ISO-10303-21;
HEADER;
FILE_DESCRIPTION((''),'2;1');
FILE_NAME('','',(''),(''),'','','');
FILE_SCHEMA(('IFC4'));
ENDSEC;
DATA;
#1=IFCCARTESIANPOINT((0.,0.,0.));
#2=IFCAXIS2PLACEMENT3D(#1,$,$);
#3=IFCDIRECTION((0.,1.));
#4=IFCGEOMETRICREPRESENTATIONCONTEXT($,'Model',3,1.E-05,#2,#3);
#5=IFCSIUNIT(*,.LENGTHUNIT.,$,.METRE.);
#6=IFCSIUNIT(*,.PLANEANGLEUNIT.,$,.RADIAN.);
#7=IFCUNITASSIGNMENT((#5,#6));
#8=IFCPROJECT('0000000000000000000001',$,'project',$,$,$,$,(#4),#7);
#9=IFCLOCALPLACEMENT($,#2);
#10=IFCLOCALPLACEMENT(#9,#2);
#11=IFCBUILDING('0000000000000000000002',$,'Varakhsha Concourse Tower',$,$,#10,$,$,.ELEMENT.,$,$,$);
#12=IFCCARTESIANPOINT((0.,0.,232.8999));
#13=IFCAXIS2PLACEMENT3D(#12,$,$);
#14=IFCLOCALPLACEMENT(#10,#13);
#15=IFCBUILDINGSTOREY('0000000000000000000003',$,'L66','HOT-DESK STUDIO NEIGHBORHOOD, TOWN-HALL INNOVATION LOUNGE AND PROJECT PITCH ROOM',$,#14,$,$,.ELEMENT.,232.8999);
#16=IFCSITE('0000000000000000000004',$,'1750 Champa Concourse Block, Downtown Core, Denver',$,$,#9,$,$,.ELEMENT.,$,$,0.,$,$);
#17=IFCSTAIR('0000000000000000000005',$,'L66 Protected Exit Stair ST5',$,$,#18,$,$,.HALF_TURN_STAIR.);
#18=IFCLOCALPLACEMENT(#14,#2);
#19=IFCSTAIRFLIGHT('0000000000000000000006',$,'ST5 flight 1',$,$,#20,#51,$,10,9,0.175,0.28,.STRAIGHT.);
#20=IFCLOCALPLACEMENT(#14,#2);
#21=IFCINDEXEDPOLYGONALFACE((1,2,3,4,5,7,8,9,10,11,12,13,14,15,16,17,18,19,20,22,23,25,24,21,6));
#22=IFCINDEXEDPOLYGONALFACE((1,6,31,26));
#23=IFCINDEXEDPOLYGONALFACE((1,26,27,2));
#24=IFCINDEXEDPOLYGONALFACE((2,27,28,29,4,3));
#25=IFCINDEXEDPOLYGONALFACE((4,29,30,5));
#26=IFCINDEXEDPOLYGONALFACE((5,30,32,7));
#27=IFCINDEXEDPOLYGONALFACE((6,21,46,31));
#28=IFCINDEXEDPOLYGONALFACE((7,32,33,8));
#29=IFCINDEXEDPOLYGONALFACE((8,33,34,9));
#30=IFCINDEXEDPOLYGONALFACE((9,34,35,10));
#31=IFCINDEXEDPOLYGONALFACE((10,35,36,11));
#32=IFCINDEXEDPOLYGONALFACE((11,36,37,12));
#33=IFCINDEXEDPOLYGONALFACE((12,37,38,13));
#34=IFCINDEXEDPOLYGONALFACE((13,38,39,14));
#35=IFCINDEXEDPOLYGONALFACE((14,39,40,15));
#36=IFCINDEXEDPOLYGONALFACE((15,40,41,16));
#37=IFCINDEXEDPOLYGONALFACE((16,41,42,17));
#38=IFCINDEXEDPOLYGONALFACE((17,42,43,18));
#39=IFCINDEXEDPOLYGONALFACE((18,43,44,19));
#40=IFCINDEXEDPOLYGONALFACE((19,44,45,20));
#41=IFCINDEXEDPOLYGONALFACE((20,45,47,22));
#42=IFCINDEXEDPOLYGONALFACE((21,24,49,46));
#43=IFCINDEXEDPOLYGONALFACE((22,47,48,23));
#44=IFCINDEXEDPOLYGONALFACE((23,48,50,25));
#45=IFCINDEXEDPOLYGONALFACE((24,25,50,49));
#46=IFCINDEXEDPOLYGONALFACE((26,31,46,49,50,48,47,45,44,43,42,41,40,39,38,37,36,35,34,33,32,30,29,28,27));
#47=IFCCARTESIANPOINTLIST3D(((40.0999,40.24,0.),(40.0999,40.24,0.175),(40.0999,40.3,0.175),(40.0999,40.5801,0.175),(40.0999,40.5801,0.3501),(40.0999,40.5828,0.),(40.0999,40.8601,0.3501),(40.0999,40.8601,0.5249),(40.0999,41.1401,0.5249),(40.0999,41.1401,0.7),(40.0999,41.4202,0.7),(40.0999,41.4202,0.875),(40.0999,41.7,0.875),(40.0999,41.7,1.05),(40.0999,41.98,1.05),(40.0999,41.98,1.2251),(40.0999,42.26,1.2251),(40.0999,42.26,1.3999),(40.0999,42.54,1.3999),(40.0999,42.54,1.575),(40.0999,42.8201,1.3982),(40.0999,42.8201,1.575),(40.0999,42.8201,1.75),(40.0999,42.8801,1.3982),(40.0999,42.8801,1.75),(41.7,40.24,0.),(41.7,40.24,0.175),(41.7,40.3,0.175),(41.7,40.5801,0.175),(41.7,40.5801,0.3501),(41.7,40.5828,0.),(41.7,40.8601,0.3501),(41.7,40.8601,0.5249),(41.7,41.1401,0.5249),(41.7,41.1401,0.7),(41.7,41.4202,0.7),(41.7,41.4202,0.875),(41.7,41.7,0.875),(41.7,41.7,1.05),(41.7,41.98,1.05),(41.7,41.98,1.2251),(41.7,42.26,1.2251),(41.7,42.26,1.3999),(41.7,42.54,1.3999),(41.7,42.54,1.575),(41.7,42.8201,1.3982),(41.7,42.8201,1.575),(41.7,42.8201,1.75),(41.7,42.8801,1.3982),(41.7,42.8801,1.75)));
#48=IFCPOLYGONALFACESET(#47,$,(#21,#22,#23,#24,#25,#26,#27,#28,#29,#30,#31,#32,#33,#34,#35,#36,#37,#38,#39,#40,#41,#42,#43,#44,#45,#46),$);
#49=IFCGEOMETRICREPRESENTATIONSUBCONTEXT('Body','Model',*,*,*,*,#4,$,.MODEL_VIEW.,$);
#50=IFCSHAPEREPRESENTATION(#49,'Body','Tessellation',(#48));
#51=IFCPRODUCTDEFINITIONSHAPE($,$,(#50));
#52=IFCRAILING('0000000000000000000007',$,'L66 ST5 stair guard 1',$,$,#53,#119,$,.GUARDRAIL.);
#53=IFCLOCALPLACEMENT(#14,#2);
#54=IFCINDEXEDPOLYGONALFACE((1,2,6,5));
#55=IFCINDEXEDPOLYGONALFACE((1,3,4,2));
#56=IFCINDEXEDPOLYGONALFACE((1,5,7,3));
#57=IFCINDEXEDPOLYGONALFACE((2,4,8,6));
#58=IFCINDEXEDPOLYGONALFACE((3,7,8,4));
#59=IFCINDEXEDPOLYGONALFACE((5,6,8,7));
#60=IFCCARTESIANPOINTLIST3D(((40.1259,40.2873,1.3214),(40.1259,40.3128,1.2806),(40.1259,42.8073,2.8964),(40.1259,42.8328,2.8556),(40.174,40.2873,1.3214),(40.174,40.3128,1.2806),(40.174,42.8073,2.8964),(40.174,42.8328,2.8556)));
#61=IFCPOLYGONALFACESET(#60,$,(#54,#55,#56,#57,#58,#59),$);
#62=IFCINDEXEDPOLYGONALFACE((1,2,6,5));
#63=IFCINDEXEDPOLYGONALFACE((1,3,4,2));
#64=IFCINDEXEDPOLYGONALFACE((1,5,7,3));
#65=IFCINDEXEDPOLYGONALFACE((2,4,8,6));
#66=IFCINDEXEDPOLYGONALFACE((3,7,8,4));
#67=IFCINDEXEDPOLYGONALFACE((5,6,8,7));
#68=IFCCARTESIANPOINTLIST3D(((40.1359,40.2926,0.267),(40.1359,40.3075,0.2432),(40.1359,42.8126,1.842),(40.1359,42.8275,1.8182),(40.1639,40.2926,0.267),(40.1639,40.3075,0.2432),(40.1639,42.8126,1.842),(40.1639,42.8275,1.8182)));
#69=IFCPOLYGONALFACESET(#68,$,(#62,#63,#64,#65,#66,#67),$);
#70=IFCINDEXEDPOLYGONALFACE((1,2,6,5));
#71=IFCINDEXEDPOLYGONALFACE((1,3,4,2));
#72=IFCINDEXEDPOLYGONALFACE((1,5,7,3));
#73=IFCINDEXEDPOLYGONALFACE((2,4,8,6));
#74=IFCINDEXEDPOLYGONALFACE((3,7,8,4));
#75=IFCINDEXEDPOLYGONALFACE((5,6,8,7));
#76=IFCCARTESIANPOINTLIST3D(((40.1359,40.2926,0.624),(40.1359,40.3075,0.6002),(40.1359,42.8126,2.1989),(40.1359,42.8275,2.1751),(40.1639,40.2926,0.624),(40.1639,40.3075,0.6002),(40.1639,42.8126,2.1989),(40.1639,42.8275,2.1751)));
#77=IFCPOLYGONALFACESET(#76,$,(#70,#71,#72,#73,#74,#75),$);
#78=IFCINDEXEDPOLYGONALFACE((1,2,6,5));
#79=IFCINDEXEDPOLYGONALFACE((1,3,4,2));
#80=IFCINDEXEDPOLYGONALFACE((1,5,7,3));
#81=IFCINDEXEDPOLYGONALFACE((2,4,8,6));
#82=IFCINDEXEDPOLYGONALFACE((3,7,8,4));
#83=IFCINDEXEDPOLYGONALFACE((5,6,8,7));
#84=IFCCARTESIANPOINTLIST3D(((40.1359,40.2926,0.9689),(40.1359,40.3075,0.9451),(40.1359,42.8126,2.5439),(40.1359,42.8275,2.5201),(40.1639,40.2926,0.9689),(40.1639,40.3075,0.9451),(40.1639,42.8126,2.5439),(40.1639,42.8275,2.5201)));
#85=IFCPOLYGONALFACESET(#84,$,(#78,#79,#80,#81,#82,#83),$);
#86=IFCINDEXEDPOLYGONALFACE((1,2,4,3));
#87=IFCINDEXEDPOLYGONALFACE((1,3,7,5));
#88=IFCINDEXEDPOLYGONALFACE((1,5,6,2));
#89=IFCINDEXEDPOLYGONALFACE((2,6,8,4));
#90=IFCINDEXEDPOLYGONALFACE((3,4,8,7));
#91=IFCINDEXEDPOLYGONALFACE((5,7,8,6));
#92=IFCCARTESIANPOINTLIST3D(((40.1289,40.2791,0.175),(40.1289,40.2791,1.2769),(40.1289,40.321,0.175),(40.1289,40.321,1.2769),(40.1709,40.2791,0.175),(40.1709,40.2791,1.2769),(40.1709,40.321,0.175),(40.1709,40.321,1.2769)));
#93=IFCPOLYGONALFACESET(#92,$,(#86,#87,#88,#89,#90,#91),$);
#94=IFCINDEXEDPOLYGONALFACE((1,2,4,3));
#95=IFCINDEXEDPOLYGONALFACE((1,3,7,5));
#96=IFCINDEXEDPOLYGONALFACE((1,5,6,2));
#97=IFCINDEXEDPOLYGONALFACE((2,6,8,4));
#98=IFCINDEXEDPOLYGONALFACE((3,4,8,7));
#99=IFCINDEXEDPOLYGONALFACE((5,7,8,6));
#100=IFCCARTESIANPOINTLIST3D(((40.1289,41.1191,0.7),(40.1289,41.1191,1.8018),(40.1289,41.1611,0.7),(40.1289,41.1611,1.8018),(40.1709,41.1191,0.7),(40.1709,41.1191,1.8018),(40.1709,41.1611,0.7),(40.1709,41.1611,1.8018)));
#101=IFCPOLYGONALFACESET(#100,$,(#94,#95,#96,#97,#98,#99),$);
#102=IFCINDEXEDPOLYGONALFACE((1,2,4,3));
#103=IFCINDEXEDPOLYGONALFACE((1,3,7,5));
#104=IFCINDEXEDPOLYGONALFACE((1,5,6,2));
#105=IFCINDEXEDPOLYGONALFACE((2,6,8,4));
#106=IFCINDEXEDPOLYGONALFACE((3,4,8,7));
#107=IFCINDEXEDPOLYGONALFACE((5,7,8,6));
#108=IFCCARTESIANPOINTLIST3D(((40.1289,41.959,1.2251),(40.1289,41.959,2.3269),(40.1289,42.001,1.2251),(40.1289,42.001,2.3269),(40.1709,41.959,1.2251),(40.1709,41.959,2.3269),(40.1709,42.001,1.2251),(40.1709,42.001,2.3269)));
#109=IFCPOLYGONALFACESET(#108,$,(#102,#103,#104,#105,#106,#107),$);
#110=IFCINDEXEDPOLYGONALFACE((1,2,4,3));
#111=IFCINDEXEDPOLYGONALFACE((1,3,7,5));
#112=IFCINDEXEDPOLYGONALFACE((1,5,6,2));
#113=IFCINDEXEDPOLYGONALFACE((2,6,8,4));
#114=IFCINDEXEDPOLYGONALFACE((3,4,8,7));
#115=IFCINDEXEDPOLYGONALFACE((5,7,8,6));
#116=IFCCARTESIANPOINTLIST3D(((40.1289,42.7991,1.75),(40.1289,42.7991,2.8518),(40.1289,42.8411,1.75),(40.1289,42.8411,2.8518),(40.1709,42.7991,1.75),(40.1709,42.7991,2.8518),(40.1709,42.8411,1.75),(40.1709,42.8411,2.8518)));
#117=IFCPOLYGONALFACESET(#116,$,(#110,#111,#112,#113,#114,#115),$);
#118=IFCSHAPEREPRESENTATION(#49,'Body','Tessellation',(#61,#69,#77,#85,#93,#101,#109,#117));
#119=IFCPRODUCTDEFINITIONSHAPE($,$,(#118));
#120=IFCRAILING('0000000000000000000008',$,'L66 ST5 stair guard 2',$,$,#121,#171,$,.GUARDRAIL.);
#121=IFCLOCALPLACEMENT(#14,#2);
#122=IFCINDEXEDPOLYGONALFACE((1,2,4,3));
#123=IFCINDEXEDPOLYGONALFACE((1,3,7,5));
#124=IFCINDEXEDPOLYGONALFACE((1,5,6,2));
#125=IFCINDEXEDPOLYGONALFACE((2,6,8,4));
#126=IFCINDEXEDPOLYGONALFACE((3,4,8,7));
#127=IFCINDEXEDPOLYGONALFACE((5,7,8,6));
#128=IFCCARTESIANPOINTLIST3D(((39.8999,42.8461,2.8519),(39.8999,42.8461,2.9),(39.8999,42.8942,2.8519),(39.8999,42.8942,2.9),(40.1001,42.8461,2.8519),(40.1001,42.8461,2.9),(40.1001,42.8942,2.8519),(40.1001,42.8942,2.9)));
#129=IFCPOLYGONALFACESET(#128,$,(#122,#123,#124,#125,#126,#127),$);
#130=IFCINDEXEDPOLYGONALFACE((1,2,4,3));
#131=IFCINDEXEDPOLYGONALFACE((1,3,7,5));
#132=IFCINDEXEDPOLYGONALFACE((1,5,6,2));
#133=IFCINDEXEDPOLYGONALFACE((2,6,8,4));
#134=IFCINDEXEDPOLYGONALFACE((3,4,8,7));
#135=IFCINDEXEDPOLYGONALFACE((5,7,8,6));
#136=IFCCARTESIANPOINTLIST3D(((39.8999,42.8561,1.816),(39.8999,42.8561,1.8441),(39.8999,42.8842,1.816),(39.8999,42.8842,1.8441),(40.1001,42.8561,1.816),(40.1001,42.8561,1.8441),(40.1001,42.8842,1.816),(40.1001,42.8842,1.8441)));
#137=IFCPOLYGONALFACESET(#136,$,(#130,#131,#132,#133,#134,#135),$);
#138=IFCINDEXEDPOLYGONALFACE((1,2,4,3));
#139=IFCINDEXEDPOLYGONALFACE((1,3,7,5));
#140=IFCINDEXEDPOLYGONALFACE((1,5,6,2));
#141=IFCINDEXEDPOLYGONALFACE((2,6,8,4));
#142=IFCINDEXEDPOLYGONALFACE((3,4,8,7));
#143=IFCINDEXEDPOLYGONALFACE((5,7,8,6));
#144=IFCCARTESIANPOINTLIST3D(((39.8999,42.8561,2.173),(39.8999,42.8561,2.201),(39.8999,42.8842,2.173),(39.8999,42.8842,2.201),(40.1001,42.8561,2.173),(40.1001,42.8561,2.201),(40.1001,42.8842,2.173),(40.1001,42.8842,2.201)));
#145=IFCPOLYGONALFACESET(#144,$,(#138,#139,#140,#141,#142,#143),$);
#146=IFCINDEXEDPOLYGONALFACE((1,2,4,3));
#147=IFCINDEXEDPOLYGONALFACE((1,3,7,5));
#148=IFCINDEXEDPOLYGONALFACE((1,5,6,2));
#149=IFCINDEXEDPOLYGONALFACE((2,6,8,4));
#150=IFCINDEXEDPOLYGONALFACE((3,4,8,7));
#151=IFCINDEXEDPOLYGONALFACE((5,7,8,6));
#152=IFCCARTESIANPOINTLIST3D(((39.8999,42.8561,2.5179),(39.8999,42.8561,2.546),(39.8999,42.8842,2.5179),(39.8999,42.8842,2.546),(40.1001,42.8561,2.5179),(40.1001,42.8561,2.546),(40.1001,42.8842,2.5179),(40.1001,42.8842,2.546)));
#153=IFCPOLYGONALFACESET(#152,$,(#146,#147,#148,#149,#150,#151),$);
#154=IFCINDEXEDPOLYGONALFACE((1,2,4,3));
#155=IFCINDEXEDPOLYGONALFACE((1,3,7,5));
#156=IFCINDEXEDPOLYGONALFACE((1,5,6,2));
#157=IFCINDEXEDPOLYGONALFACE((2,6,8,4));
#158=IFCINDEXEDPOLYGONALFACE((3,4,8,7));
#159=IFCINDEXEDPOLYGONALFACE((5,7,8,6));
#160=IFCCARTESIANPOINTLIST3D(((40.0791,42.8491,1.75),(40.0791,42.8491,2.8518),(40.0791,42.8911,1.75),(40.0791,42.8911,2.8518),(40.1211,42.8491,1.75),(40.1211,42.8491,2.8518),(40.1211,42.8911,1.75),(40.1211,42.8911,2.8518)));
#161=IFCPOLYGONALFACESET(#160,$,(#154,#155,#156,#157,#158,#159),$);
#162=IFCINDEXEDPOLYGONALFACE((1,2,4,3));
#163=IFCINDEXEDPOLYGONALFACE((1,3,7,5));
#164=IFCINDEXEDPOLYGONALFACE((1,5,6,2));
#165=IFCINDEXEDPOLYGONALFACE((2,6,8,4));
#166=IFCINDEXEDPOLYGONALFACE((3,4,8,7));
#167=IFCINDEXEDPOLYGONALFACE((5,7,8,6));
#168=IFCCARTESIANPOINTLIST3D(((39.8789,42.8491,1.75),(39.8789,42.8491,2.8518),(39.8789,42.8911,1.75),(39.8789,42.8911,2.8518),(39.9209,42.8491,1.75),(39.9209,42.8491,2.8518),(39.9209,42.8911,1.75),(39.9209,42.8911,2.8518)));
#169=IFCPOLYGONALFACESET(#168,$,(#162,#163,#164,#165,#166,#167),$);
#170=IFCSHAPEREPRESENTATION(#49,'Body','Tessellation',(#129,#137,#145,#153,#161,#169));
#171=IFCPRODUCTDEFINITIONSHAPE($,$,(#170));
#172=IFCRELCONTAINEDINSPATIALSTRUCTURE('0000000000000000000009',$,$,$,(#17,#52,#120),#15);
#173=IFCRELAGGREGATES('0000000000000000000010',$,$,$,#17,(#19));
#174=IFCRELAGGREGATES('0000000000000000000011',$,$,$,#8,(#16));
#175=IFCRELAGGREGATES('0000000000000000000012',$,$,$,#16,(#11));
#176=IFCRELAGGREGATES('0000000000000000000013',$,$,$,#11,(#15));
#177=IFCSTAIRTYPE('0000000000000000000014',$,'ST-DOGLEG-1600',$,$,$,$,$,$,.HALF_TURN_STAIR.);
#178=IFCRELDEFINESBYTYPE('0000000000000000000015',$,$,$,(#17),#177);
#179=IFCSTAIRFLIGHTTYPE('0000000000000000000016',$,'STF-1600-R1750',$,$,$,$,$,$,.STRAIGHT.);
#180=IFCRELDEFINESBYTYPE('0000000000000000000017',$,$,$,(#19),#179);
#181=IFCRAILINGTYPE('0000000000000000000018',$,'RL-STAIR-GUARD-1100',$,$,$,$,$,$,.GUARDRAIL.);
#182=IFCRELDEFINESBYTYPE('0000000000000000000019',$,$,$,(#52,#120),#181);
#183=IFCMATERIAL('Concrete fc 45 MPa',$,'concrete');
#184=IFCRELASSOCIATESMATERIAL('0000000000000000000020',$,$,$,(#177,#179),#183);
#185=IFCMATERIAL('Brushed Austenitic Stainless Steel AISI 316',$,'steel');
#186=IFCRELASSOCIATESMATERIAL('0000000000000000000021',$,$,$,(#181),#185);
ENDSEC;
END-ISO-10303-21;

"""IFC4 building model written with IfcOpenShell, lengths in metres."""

from ifc_helpers import new_model, si_unit, direction, frame, origin, origin_2d, place, context, subcontext, project, spatial, polyline, rectangle, outline, extrude, material, type_object, element, aggregate, save


model = new_model("IFC4")

# Units and contexts
model_context = context("Model", 3, precision=1e-05, world=origin(), true_north=direction((0.0, 1.0)))
body_context = subcontext(model_context, "Body", "Model", "MODEL_VIEW")
ifc_project = project(units=[si_unit("LENGTHUNIT", "METRE"), si_unit("PLANEANGLEUNIT", "RADIAN")], contexts=[model_context])

# Site, building, storey
site_placement = place(None, origin())
site = spatial("IfcSite", under=ifc_project, at=site_placement, Name="1750 Champa Concourse Block, Downtown Core, Denver", CompositionType="ELEMENT", RefElevation=0.0)
building_placement = place(site_placement, origin())
building = spatial("IfcBuilding", under=site, at=building_placement, Name="Varakhsha Concourse Tower", CompositionType="ELEMENT")
storey_placement = place(building_placement, frame((0.0, 0.0, 232.8999)))
storey = spatial("IfcBuildingStorey", under=building, at=storey_placement, Name="L66", Description="HOT-DESK STUDIO NEIGHBORHOOD, TOWN-HALL INNOVATION LOUNGE AND PROJECT PITCH ROOM", CompositionType="ELEMENT", Elevation=232.8999)

# Shared definitions
ifc_material_1 = material(Name="Concrete fc 45 MPa", Category="concrete")

# Stair, stair flight
stair_type = type_object("IfcStairType", Name="ST-DOGLEG-1600", PredefinedType="HALF_TURN_STAIR", material=ifc_material_1)
stair_placement = place(storey_placement, origin())
stair = element("IfcStair", 1, at=stair_placement, inside=storey, type_object=stair_type, Name="L66 Protected Exit Stair ST5", PredefinedType="HALF_TURN_STAIR")
stair_flight_type = type_object("IfcStairFlightType", Name="STF-1600-R1750", PredefinedType="STRAIGHT", material=ifc_material_1)
stair_flight_placement = place(storey_placement, frame((40.8999, 40.3, 0.0), z_axis=(0.0, 0.0, 1.0), x_axis=(0.0, 1.0, 0.0)))
stair_flight = element("IfcStairFlight", 2, at=stair_flight_placement, type_object=stair_flight_type, Name="ST5 flight 1", NumberOfRisers=10, NumberOfTreads=9, PredefinedType="STRAIGHT", RiserHeight=0.175, TreadLength=0.28, context=body_context, shape_type="SweptSolid", body=[
    extrude(outline(polyline([(-0.0601, 0.0), (-0.0601, 0.175), (0.0, 0.175), (0.28, 0.175), (0.28, 0.3501), (0.5601, 0.3501), (0.5601, 0.5249), (0.8401, 0.5249), (0.8401, 0.7), (1.1201, 0.7), (1.1201, 0.875), (1.3999, 0.875), (1.3999, 1.05), (1.6799, 1.05), (1.6799, 1.2251), (1.96, 1.2251), (1.96, 1.3999), (2.24, 1.3999), (2.24, 1.575), (2.52, 1.575), (2.52, 1.75), (2.5801, 1.75), (2.5801, 1.3982), (2.52, 1.3982), (0.2827, 0.0), (-0.0601, 0.0)])), frame((0.0, 0.8, 0.0), z_axis=(0.0, -1.0, 0.0), x_axis=(1.0, 0.0, 0.0)), (0.0, 0.0, 1.0), 1.6001),
])
aggregate(stair, [stair_flight])

# Railings
ifc_material_2 = material(Name="Brushed Austenitic Stainless Steel AISI 316", Category="steel")
railing_type_1 = type_object("IfcRailingType", Name="RL-STAIR-GUARD-1100", PredefinedType="GUARDRAIL", material=ifc_material_2)
railing_1_placement = place(storey_placement, frame((40.1499, 40.3, 0.175)))
element("IfcRailing", 3, at=railing_1_placement, inside=storey, type_object=railing_type_1, Name="L66 ST5 stair guard 1", PredefinedType="GUARDRAIL", context=body_context, shape_type="SweptSolid", body=[
    extrude(rectangle(XDim=0.0481, YDim=0.0481, at=origin_2d()), frame((0.0, 0.0, 1.126), z_axis=(0.0, 0.848008, 0.529984), x_axis=(-1.0, 0.0, 0.0)), (0.0, 0.0, 1.0), 2.9717),
    extrude(rectangle(XDim=0.0281, YDim=0.0281, at=origin_2d()), frame((0.0, 0.0, 0.0801), z_axis=(0.0, 0.848008, 0.529984), x_axis=(-1.0, 0.0, 0.0)), (0.0, 0.0, 1.0), 2.9717),
    extrude(rectangle(XDim=0.0281, YDim=0.0281, at=origin_2d()), frame((0.0, 0.0, 0.437), z_axis=(0.0, 0.848008, 0.529984), x_axis=(-1.0, 0.0, 0.0)), (0.0, 0.0, 1.0), 2.9717),
    extrude(rectangle(XDim=0.0281, YDim=0.0281, at=origin_2d()), frame((0.0, 0.0, 0.782), z_axis=(0.0, 0.848008, 0.529984), x_axis=(-1.0, 0.0, 0.0)), (0.0, 0.0, 1.0), 2.9717),
    extrude(rectangle(XDim=0.042, YDim=0.042, at=origin_2d()), origin(), (0.0, 0.0, 1.0), 1.1018),
    extrude(rectangle(XDim=0.042, YDim=0.042, at=origin_2d()), frame((0.0, 0.8401, 0.5249)), (0.0, 0.0, 1.0), 1.1018),
    extrude(rectangle(XDim=0.042, YDim=0.042, at=origin_2d()), frame((0.0, 1.6799, 1.05)), (0.0, 0.0, 1.0), 1.1018),
    extrude(rectangle(XDim=0.042, YDim=0.042, at=origin_2d()), frame((0.0, 2.52, 1.575)), (0.0, 0.0, 1.0), 1.1018),
])
railing_2_placement = place(storey_placement, frame((40.1001, 42.8701, 1.75)))
element("IfcRailing", 4, at=railing_2_placement, inside=storey, type_object=railing_type_1, Name="L66 ST5 stair guard 2", PredefinedType="GUARDRAIL", context=body_context, shape_type="SweptSolid", body=[
    extrude(rectangle(XDim=0.0481, YDim=0.0481, at=origin_2d()), frame((0.0, 0.0, 1.126), z_axis=(-1.0, 0.0, 0.0), x_axis=(0.0, -1.0, 0.0)), (0.0, 0.0, 1.0), 0.2002),
    extrude(rectangle(XDim=0.0281, YDim=0.0281, at=origin_2d()), frame((0.0, 0.0, 0.0801), z_axis=(-1.0, 0.0, 0.0), x_axis=(0.0, -1.0, 0.0)), (0.0, 0.0, 1.0), 0.2002),
    extrude(rectangle(XDim=0.0281, YDim=0.0281, at=origin_2d()), frame((0.0, 0.0, 0.437), z_axis=(-1.0, 0.0, 0.0), x_axis=(0.0, -1.0, 0.0)), (0.0, 0.0, 1.0), 0.2002),
    extrude(rectangle(XDim=0.0281, YDim=0.0281, at=origin_2d()), frame((0.0, 0.0, 0.782), z_axis=(-1.0, 0.0, 0.0), x_axis=(0.0, -1.0, 0.0)), (0.0, 0.0, 1.0), 0.2002),
    extrude(rectangle(XDim=0.042, YDim=0.042, at=origin_2d()), origin(), (0.0, 0.0, 1.0), 1.1018),
    extrude(rectangle(XDim=0.042, YDim=0.042, at=origin_2d()), frame((-0.2002, 0.0, 0.0)), (0.0, 0.0, 1.0), 1.1018),
])

save(model, "model.ifc")
